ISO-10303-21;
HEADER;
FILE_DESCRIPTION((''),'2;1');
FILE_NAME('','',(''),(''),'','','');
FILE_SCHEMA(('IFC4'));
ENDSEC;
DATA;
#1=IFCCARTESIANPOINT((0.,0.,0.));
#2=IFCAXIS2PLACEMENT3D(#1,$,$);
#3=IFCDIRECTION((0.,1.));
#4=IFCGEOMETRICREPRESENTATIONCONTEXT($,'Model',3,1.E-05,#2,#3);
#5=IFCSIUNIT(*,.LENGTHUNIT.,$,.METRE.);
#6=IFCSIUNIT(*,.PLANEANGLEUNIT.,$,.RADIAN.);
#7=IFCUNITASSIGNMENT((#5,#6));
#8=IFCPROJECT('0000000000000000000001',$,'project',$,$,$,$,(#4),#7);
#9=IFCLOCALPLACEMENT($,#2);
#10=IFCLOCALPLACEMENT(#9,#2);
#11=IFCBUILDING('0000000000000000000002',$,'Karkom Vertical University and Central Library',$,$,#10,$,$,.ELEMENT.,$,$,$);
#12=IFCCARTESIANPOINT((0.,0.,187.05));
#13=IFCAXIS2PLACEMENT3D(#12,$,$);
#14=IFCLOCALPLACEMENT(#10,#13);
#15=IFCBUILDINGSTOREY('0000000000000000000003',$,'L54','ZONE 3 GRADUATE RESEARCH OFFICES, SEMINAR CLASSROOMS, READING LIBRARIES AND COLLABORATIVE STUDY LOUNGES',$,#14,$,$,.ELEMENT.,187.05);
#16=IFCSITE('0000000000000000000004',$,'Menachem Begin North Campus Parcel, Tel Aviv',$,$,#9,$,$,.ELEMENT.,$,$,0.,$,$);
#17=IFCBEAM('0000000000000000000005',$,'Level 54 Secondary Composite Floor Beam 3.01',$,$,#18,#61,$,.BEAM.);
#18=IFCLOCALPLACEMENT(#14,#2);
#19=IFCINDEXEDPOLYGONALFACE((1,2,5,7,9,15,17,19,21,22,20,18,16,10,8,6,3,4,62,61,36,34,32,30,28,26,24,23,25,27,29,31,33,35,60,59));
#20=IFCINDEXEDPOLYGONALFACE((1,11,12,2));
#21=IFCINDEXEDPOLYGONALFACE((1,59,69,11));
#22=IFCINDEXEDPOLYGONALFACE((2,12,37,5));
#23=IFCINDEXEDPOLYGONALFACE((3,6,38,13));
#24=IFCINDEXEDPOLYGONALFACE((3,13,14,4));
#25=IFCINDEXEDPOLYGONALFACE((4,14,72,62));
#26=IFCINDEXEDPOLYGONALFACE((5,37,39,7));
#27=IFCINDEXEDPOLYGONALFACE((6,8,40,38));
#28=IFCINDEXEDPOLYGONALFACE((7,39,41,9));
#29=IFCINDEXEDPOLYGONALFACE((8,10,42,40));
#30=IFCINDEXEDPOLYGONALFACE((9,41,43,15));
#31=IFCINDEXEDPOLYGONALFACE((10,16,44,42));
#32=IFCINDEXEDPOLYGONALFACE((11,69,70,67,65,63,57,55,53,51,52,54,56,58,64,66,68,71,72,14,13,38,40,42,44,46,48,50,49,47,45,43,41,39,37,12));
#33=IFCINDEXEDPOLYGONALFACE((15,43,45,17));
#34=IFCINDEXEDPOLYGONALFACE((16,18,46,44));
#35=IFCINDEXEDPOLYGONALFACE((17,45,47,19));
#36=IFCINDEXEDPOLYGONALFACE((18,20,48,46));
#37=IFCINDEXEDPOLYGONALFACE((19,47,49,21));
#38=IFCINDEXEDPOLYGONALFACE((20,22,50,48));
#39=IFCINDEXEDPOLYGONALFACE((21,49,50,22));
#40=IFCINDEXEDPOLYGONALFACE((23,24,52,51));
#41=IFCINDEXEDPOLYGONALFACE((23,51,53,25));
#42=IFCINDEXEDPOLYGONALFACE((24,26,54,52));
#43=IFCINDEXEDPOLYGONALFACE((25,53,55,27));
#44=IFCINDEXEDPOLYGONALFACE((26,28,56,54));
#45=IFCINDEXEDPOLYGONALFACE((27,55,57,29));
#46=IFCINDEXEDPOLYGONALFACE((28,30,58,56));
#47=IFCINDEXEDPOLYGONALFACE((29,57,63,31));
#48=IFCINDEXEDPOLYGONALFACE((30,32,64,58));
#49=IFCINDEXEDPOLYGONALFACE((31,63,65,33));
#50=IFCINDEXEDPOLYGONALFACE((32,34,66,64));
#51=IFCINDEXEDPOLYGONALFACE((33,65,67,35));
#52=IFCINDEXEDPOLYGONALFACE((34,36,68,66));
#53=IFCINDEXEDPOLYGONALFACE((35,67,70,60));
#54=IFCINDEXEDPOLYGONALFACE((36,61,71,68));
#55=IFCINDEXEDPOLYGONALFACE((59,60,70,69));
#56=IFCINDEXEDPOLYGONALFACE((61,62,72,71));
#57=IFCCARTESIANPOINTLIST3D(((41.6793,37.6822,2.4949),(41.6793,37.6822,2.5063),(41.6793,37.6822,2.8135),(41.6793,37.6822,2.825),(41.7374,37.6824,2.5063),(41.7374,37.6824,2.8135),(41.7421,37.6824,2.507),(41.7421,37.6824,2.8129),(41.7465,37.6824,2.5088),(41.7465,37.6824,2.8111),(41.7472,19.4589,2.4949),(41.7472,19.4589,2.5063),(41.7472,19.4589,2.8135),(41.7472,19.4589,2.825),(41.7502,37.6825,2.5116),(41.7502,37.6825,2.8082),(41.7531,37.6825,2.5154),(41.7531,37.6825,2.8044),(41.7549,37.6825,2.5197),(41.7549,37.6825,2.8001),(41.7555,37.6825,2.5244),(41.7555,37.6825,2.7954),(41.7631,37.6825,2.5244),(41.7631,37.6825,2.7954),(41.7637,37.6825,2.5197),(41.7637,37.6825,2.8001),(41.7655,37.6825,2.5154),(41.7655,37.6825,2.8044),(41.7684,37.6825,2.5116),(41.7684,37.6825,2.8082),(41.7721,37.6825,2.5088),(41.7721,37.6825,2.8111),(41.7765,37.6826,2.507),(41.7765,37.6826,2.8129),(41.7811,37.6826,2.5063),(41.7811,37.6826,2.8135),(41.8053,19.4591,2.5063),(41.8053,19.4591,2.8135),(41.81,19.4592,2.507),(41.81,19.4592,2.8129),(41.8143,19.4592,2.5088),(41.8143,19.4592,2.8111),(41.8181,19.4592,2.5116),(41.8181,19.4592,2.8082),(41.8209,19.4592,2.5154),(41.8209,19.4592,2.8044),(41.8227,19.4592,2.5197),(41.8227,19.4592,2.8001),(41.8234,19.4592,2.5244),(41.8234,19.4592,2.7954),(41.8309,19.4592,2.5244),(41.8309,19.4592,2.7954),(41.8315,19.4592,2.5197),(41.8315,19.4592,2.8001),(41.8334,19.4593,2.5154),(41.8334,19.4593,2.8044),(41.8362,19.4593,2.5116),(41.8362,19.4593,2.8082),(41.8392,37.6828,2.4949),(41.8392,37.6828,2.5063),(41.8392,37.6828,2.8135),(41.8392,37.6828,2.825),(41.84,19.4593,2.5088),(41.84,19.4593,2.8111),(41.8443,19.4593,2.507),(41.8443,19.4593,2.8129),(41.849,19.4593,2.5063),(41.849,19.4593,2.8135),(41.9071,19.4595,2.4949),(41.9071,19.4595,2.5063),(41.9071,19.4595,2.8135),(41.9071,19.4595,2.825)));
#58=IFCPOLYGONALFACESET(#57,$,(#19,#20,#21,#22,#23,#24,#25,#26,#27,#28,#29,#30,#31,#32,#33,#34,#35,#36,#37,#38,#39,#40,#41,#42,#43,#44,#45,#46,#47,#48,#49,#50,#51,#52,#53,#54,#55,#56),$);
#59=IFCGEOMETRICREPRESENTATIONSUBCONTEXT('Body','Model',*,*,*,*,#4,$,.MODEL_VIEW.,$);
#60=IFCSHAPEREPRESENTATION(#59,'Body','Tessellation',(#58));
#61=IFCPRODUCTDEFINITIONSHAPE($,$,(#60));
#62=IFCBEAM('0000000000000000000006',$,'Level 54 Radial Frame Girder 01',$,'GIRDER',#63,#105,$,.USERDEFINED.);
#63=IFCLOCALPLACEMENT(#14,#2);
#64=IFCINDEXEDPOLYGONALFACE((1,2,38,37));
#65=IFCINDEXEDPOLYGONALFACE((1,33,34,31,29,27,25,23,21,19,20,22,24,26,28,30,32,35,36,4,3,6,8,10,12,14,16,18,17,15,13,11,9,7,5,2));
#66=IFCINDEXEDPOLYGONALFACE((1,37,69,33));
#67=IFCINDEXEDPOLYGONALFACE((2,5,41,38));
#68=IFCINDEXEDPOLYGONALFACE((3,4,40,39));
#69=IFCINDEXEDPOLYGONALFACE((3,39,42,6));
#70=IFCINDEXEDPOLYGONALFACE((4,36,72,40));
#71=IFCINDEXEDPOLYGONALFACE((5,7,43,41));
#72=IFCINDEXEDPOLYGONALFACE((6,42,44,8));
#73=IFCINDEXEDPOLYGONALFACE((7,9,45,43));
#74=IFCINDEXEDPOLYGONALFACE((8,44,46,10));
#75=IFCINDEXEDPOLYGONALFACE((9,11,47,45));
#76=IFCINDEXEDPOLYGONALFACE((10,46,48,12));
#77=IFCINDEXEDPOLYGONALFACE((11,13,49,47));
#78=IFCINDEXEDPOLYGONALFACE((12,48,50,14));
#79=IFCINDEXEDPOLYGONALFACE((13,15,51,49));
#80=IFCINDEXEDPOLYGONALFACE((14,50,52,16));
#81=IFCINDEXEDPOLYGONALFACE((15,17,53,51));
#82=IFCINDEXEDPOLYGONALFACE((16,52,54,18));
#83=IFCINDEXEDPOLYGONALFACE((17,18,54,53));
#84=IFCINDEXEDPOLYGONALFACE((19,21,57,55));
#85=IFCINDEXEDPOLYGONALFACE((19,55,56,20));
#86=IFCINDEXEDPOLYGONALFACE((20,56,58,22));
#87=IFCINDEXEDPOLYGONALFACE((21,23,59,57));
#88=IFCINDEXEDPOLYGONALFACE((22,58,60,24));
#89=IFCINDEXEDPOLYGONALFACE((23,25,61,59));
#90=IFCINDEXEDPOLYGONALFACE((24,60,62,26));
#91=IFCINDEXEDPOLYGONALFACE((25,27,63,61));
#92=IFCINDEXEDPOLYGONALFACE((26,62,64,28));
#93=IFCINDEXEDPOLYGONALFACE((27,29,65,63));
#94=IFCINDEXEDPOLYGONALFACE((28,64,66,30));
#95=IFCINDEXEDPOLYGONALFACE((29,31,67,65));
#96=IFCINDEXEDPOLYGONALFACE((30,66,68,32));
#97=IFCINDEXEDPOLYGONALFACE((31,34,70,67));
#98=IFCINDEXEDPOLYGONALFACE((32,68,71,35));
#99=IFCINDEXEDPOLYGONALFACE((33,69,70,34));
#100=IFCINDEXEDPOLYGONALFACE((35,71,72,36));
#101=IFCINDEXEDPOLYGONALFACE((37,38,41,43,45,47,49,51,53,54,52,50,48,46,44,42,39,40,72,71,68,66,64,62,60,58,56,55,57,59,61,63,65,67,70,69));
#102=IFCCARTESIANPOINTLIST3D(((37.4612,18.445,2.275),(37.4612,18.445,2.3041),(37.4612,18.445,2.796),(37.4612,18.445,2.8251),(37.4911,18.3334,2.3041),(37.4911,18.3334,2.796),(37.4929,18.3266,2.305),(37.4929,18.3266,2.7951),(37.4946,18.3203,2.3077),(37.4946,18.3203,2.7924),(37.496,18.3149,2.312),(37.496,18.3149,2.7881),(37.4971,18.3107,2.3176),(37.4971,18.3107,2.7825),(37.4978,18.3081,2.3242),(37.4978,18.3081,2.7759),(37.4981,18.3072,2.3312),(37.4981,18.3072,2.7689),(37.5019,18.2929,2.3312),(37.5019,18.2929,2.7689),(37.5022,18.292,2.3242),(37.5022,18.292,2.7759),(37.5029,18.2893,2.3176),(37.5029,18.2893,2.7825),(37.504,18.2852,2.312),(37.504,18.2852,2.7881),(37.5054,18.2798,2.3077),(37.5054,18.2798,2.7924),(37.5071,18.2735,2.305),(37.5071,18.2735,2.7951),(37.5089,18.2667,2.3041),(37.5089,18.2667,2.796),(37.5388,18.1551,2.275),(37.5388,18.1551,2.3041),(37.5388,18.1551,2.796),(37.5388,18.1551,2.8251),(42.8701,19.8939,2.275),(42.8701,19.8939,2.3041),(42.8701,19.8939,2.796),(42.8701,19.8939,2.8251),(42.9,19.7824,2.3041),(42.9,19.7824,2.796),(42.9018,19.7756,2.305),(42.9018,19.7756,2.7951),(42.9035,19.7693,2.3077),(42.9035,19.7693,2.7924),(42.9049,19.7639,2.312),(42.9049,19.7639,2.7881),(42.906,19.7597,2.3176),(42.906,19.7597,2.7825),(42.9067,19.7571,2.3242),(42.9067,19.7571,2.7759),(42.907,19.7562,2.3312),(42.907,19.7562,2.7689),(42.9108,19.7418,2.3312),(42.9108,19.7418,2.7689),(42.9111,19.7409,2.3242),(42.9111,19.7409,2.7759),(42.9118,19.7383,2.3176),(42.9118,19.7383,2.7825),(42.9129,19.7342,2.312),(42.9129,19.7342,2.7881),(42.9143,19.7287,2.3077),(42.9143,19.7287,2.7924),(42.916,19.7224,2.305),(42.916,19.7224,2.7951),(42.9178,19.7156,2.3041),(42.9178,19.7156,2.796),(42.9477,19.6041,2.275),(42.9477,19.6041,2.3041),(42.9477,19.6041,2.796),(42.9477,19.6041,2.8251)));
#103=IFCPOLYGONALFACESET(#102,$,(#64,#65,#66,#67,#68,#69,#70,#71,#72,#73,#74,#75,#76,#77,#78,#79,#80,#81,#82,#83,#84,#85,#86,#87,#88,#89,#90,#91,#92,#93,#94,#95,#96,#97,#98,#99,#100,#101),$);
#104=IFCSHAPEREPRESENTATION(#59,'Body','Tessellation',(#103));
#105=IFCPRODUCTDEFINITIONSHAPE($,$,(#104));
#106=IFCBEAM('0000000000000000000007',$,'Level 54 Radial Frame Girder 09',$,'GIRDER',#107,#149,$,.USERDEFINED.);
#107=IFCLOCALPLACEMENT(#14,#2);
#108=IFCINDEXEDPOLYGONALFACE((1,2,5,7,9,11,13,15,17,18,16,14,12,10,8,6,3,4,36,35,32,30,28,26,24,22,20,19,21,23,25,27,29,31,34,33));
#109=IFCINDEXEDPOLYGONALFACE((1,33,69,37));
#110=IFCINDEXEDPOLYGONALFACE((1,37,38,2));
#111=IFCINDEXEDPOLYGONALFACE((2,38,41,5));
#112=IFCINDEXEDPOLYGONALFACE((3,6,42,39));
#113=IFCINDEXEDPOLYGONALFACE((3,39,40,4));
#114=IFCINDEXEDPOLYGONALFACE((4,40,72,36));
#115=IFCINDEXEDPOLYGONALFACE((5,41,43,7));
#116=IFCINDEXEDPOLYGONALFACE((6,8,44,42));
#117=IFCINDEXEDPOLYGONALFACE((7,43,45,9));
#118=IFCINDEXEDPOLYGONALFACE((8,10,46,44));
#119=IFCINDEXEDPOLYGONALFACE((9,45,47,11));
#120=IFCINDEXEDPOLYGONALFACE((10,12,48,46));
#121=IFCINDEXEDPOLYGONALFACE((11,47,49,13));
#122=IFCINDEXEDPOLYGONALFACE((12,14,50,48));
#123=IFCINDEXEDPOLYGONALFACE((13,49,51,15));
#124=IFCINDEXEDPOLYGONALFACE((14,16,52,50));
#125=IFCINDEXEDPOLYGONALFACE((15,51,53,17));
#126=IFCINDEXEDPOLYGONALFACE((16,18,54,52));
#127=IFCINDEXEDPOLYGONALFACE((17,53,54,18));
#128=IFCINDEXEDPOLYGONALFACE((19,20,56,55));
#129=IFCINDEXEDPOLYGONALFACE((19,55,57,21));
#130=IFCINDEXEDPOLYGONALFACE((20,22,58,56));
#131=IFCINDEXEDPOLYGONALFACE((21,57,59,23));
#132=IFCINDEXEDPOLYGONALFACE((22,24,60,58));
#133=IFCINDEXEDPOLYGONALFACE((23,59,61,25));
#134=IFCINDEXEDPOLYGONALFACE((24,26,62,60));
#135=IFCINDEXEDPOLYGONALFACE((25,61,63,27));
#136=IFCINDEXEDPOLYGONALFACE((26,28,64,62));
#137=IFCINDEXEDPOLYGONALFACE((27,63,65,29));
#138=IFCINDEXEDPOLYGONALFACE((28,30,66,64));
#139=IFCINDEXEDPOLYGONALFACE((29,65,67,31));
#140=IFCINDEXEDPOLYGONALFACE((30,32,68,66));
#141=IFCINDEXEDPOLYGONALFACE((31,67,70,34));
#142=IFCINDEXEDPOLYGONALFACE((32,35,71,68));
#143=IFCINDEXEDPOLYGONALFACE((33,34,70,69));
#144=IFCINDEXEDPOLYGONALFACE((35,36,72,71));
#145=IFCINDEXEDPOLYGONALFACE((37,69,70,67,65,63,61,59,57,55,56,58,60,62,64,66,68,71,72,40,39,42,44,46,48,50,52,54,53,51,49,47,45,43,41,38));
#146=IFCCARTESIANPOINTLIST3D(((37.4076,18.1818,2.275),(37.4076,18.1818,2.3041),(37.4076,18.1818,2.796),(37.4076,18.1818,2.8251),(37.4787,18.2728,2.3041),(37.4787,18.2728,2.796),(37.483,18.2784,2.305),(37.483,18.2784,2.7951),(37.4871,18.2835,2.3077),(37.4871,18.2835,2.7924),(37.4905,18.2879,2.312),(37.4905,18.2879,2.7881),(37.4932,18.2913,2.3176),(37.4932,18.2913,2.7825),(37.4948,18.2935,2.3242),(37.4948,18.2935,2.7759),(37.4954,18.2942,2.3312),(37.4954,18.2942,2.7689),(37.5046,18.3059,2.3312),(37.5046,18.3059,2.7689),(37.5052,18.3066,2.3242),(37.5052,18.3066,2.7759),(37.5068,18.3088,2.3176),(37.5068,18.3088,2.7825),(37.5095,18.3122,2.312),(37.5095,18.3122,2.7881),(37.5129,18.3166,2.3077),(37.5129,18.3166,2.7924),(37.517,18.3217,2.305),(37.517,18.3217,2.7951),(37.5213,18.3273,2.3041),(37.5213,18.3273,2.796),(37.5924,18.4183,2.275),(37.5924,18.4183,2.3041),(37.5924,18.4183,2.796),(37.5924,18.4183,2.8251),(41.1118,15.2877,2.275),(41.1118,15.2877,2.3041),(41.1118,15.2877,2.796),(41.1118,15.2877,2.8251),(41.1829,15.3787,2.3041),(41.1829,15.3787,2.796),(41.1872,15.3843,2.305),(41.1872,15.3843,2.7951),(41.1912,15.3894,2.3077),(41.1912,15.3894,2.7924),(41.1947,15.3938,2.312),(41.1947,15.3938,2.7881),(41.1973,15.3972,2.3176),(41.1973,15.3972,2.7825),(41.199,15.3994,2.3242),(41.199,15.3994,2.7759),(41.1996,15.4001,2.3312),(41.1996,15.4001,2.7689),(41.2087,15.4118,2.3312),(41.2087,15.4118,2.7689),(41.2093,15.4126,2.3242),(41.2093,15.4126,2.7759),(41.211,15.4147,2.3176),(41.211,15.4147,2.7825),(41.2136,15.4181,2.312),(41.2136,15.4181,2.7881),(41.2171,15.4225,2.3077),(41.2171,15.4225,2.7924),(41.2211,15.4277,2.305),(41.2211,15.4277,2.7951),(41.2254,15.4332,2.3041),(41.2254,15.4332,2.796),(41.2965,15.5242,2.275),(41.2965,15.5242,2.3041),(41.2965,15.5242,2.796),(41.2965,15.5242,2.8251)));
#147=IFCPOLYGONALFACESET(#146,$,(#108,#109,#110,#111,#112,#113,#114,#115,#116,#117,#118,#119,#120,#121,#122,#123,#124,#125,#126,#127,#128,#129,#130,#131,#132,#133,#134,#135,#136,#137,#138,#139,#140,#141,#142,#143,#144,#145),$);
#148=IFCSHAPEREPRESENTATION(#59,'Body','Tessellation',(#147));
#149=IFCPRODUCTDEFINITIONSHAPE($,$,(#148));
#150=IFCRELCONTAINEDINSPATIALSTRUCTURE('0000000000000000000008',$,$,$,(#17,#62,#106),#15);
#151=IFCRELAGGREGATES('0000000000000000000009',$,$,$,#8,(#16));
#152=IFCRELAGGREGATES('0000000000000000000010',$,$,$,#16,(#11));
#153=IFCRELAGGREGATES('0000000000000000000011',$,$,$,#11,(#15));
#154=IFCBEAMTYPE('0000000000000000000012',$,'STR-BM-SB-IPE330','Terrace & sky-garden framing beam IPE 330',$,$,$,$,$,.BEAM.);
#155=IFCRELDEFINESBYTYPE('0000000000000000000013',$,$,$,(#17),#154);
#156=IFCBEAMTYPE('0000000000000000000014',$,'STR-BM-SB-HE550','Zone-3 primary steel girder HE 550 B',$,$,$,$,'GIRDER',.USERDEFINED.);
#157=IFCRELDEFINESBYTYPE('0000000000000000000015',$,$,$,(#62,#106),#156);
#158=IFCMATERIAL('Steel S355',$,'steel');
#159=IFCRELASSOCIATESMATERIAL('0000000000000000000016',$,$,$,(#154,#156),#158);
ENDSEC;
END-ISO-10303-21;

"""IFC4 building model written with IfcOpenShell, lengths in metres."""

from ifc_helpers import new_model, si_unit, direction, frame, origin, origin_with_axes, origin_2d, place, context, subcontext, project, spatial, i_section, extrude, source, transform, mapped, material, material_profile, profile_set, type_object, element, save


model = new_model("IFC4")

# Units and contexts
model_context = context("Model", 3, precision=1e-05, world=origin(), true_north=direction((0.0, 1.0)))
body_context = subcontext(model_context, "Body", "Model", "MODEL_VIEW")
ifc_project = project(units=[si_unit("LENGTHUNIT", "METRE"), si_unit("PLANEANGLEUNIT", "RADIAN")], contexts=[model_context])

# Site, building, storey
site_placement = place(None, origin())
site = spatial("IfcSite", under=ifc_project, at=site_placement, Name="Menachem Begin North Campus Parcel, Tel Aviv", CompositionType="ELEMENT", RefElevation=0.0)
building_placement = place(site_placement, origin())
building = spatial("IfcBuilding", under=site, at=building_placement, Name="Karkom Vertical University and Central Library", CompositionType="ELEMENT")
storey_placement = place(building_placement, frame((0.0, 0.0, 187.05)))
storey = spatial("IfcBuildingStorey", under=building, at=storey_placement, Name="L54", Description="ZONE 3 GRADUATE RESEARCH OFFICES, SEMINAR CLASSROOMS, READING LIBRARIES AND COLLABORATIVE STUDY LOUNGES", CompositionType="ELEMENT", Elevation=187.05)

# Beams
ifc_material_1 = material(Name="Steel S355", Category="steel")
ifc_material_profile_1 = material_profile(ifc_material_1, i_section(OverallWidth=0.1599, OverallDepth=0.3301, WebThickness=0.0076, FlangeThickness=0.0115, FilletRadius=0.0181, at=origin_2d()), Name="IPE 330")
ifc_profile_set_1 = profile_set([ifc_material_profile_1], Name="Steel S355")
beam_type_1 = type_object("IfcBeamType", Name="STR-BM-SB-IPE330", Description="Terrace & sky-garden framing beam IPE 330", PredefinedType="BEAM", material=ifc_profile_set_1)
shared_shape_1 = source(origin_with_axes(), body_context, "Body", "SweptSolid", [
    extrude(i_section(OverallWidth=0.1599, OverallDepth=0.3301, WebThickness=0.0076, FlangeThickness=0.0115, FilletRadius=0.0181, at=origin_2d()), origin(), (0.0, 0.0, 1.0), 18.2234),
])
beam_1_placement = place(storey_placement, frame((41.8271, 19.4592, 2.6599), z_axis=(-0.003724, 0.999993, 0.0), x_axis=(-0.999993, -0.003724, 0.0)))
element("IfcBeam", 1, at=beam_1_placement, inside=storey, type_object=beam_type_1, Name="Level 54 Secondary Composite Floor Beam 3.01", PredefinedType="BEAM", context=body_context, shape_type="MappedRepresentation", body=[
    mapped(shared_shape_1, transform((0.0, 0.0, 0.0), scale=1.0)),
])
ifc_material_profile_2 = material_profile(ifc_material_1, i_section(OverallWidth=0.3, OverallDepth=0.55, WebThickness=0.0149, FlangeThickness=0.0291, FilletRadius=0.0271, at=origin_2d()), Name="HE 550 B")
ifc_profile_set_2 = profile_set([ifc_material_profile_2], Name="Steel S355")
beam_type_2 = type_object("IfcBeamType", Name="STR-BM-SB-HE550", Description="Zone-3 primary steel girder HE 550 B", ElementType="GIRDER", PredefinedType="USERDEFINED", material=ifc_profile_set_2)
shared_shape_2 = source(origin_with_axes(), body_context, "Body", "SweptSolid", [
    extrude(i_section(OverallWidth=0.3, OverallDepth=0.55, WebThickness=0.0149, FlangeThickness=0.0291, FilletRadius=0.0271, at=origin_2d()), origin(), (0.0, 0.0, 1.0), 5.5996),
])
beam_2_placement = place(storey_placement, frame((37.5, 18.3, 2.55), z_axis=(0.965941, 0.258762, 0.0), x_axis=(-0.258762, 0.965941, 0.0)))
element("IfcBeam", 2, at=beam_2_placement, inside=storey, type_object=beam_type_2, Name="Level 54 Radial Frame Girder 01", ObjectType="GIRDER", PredefinedType="USERDEFINED", context=body_context, shape_type="MappedRepresentation", body=[
    mapped(shared_shape_2, transform((0.0, 0.0, 0.0), scale=1.0)),
])
shared_shape_3 = source(origin_with_axes(), body_context, "Body", "SweptSolid", [
    extrude(i_section(OverallWidth=0.3, OverallDepth=0.55, WebThickness=0.0149, FlangeThickness=0.0291, FilletRadius=0.0271, at=origin_2d()), origin(), (0.0, 0.0, 1.0), 4.7007),
])
beam_3_placement = place(storey_placement, frame((37.5, 18.3, 2.55), z_axis=(0.788002, -0.615672, 0.0), x_axis=(0.615672, 0.788002, 0.0)))
element("IfcBeam", 3, at=beam_3_placement, inside=storey, type_object=beam_type_2, Name="Level 54 Radial Frame Girder 09", ObjectType="GIRDER", PredefinedType="USERDEFINED", context=body_context, shape_type="MappedRepresentation", body=[
    mapped(shared_shape_3, transform((0.0, 0.0, 0.0), scale=1.0)),
])

save(model, "model.ifc")
